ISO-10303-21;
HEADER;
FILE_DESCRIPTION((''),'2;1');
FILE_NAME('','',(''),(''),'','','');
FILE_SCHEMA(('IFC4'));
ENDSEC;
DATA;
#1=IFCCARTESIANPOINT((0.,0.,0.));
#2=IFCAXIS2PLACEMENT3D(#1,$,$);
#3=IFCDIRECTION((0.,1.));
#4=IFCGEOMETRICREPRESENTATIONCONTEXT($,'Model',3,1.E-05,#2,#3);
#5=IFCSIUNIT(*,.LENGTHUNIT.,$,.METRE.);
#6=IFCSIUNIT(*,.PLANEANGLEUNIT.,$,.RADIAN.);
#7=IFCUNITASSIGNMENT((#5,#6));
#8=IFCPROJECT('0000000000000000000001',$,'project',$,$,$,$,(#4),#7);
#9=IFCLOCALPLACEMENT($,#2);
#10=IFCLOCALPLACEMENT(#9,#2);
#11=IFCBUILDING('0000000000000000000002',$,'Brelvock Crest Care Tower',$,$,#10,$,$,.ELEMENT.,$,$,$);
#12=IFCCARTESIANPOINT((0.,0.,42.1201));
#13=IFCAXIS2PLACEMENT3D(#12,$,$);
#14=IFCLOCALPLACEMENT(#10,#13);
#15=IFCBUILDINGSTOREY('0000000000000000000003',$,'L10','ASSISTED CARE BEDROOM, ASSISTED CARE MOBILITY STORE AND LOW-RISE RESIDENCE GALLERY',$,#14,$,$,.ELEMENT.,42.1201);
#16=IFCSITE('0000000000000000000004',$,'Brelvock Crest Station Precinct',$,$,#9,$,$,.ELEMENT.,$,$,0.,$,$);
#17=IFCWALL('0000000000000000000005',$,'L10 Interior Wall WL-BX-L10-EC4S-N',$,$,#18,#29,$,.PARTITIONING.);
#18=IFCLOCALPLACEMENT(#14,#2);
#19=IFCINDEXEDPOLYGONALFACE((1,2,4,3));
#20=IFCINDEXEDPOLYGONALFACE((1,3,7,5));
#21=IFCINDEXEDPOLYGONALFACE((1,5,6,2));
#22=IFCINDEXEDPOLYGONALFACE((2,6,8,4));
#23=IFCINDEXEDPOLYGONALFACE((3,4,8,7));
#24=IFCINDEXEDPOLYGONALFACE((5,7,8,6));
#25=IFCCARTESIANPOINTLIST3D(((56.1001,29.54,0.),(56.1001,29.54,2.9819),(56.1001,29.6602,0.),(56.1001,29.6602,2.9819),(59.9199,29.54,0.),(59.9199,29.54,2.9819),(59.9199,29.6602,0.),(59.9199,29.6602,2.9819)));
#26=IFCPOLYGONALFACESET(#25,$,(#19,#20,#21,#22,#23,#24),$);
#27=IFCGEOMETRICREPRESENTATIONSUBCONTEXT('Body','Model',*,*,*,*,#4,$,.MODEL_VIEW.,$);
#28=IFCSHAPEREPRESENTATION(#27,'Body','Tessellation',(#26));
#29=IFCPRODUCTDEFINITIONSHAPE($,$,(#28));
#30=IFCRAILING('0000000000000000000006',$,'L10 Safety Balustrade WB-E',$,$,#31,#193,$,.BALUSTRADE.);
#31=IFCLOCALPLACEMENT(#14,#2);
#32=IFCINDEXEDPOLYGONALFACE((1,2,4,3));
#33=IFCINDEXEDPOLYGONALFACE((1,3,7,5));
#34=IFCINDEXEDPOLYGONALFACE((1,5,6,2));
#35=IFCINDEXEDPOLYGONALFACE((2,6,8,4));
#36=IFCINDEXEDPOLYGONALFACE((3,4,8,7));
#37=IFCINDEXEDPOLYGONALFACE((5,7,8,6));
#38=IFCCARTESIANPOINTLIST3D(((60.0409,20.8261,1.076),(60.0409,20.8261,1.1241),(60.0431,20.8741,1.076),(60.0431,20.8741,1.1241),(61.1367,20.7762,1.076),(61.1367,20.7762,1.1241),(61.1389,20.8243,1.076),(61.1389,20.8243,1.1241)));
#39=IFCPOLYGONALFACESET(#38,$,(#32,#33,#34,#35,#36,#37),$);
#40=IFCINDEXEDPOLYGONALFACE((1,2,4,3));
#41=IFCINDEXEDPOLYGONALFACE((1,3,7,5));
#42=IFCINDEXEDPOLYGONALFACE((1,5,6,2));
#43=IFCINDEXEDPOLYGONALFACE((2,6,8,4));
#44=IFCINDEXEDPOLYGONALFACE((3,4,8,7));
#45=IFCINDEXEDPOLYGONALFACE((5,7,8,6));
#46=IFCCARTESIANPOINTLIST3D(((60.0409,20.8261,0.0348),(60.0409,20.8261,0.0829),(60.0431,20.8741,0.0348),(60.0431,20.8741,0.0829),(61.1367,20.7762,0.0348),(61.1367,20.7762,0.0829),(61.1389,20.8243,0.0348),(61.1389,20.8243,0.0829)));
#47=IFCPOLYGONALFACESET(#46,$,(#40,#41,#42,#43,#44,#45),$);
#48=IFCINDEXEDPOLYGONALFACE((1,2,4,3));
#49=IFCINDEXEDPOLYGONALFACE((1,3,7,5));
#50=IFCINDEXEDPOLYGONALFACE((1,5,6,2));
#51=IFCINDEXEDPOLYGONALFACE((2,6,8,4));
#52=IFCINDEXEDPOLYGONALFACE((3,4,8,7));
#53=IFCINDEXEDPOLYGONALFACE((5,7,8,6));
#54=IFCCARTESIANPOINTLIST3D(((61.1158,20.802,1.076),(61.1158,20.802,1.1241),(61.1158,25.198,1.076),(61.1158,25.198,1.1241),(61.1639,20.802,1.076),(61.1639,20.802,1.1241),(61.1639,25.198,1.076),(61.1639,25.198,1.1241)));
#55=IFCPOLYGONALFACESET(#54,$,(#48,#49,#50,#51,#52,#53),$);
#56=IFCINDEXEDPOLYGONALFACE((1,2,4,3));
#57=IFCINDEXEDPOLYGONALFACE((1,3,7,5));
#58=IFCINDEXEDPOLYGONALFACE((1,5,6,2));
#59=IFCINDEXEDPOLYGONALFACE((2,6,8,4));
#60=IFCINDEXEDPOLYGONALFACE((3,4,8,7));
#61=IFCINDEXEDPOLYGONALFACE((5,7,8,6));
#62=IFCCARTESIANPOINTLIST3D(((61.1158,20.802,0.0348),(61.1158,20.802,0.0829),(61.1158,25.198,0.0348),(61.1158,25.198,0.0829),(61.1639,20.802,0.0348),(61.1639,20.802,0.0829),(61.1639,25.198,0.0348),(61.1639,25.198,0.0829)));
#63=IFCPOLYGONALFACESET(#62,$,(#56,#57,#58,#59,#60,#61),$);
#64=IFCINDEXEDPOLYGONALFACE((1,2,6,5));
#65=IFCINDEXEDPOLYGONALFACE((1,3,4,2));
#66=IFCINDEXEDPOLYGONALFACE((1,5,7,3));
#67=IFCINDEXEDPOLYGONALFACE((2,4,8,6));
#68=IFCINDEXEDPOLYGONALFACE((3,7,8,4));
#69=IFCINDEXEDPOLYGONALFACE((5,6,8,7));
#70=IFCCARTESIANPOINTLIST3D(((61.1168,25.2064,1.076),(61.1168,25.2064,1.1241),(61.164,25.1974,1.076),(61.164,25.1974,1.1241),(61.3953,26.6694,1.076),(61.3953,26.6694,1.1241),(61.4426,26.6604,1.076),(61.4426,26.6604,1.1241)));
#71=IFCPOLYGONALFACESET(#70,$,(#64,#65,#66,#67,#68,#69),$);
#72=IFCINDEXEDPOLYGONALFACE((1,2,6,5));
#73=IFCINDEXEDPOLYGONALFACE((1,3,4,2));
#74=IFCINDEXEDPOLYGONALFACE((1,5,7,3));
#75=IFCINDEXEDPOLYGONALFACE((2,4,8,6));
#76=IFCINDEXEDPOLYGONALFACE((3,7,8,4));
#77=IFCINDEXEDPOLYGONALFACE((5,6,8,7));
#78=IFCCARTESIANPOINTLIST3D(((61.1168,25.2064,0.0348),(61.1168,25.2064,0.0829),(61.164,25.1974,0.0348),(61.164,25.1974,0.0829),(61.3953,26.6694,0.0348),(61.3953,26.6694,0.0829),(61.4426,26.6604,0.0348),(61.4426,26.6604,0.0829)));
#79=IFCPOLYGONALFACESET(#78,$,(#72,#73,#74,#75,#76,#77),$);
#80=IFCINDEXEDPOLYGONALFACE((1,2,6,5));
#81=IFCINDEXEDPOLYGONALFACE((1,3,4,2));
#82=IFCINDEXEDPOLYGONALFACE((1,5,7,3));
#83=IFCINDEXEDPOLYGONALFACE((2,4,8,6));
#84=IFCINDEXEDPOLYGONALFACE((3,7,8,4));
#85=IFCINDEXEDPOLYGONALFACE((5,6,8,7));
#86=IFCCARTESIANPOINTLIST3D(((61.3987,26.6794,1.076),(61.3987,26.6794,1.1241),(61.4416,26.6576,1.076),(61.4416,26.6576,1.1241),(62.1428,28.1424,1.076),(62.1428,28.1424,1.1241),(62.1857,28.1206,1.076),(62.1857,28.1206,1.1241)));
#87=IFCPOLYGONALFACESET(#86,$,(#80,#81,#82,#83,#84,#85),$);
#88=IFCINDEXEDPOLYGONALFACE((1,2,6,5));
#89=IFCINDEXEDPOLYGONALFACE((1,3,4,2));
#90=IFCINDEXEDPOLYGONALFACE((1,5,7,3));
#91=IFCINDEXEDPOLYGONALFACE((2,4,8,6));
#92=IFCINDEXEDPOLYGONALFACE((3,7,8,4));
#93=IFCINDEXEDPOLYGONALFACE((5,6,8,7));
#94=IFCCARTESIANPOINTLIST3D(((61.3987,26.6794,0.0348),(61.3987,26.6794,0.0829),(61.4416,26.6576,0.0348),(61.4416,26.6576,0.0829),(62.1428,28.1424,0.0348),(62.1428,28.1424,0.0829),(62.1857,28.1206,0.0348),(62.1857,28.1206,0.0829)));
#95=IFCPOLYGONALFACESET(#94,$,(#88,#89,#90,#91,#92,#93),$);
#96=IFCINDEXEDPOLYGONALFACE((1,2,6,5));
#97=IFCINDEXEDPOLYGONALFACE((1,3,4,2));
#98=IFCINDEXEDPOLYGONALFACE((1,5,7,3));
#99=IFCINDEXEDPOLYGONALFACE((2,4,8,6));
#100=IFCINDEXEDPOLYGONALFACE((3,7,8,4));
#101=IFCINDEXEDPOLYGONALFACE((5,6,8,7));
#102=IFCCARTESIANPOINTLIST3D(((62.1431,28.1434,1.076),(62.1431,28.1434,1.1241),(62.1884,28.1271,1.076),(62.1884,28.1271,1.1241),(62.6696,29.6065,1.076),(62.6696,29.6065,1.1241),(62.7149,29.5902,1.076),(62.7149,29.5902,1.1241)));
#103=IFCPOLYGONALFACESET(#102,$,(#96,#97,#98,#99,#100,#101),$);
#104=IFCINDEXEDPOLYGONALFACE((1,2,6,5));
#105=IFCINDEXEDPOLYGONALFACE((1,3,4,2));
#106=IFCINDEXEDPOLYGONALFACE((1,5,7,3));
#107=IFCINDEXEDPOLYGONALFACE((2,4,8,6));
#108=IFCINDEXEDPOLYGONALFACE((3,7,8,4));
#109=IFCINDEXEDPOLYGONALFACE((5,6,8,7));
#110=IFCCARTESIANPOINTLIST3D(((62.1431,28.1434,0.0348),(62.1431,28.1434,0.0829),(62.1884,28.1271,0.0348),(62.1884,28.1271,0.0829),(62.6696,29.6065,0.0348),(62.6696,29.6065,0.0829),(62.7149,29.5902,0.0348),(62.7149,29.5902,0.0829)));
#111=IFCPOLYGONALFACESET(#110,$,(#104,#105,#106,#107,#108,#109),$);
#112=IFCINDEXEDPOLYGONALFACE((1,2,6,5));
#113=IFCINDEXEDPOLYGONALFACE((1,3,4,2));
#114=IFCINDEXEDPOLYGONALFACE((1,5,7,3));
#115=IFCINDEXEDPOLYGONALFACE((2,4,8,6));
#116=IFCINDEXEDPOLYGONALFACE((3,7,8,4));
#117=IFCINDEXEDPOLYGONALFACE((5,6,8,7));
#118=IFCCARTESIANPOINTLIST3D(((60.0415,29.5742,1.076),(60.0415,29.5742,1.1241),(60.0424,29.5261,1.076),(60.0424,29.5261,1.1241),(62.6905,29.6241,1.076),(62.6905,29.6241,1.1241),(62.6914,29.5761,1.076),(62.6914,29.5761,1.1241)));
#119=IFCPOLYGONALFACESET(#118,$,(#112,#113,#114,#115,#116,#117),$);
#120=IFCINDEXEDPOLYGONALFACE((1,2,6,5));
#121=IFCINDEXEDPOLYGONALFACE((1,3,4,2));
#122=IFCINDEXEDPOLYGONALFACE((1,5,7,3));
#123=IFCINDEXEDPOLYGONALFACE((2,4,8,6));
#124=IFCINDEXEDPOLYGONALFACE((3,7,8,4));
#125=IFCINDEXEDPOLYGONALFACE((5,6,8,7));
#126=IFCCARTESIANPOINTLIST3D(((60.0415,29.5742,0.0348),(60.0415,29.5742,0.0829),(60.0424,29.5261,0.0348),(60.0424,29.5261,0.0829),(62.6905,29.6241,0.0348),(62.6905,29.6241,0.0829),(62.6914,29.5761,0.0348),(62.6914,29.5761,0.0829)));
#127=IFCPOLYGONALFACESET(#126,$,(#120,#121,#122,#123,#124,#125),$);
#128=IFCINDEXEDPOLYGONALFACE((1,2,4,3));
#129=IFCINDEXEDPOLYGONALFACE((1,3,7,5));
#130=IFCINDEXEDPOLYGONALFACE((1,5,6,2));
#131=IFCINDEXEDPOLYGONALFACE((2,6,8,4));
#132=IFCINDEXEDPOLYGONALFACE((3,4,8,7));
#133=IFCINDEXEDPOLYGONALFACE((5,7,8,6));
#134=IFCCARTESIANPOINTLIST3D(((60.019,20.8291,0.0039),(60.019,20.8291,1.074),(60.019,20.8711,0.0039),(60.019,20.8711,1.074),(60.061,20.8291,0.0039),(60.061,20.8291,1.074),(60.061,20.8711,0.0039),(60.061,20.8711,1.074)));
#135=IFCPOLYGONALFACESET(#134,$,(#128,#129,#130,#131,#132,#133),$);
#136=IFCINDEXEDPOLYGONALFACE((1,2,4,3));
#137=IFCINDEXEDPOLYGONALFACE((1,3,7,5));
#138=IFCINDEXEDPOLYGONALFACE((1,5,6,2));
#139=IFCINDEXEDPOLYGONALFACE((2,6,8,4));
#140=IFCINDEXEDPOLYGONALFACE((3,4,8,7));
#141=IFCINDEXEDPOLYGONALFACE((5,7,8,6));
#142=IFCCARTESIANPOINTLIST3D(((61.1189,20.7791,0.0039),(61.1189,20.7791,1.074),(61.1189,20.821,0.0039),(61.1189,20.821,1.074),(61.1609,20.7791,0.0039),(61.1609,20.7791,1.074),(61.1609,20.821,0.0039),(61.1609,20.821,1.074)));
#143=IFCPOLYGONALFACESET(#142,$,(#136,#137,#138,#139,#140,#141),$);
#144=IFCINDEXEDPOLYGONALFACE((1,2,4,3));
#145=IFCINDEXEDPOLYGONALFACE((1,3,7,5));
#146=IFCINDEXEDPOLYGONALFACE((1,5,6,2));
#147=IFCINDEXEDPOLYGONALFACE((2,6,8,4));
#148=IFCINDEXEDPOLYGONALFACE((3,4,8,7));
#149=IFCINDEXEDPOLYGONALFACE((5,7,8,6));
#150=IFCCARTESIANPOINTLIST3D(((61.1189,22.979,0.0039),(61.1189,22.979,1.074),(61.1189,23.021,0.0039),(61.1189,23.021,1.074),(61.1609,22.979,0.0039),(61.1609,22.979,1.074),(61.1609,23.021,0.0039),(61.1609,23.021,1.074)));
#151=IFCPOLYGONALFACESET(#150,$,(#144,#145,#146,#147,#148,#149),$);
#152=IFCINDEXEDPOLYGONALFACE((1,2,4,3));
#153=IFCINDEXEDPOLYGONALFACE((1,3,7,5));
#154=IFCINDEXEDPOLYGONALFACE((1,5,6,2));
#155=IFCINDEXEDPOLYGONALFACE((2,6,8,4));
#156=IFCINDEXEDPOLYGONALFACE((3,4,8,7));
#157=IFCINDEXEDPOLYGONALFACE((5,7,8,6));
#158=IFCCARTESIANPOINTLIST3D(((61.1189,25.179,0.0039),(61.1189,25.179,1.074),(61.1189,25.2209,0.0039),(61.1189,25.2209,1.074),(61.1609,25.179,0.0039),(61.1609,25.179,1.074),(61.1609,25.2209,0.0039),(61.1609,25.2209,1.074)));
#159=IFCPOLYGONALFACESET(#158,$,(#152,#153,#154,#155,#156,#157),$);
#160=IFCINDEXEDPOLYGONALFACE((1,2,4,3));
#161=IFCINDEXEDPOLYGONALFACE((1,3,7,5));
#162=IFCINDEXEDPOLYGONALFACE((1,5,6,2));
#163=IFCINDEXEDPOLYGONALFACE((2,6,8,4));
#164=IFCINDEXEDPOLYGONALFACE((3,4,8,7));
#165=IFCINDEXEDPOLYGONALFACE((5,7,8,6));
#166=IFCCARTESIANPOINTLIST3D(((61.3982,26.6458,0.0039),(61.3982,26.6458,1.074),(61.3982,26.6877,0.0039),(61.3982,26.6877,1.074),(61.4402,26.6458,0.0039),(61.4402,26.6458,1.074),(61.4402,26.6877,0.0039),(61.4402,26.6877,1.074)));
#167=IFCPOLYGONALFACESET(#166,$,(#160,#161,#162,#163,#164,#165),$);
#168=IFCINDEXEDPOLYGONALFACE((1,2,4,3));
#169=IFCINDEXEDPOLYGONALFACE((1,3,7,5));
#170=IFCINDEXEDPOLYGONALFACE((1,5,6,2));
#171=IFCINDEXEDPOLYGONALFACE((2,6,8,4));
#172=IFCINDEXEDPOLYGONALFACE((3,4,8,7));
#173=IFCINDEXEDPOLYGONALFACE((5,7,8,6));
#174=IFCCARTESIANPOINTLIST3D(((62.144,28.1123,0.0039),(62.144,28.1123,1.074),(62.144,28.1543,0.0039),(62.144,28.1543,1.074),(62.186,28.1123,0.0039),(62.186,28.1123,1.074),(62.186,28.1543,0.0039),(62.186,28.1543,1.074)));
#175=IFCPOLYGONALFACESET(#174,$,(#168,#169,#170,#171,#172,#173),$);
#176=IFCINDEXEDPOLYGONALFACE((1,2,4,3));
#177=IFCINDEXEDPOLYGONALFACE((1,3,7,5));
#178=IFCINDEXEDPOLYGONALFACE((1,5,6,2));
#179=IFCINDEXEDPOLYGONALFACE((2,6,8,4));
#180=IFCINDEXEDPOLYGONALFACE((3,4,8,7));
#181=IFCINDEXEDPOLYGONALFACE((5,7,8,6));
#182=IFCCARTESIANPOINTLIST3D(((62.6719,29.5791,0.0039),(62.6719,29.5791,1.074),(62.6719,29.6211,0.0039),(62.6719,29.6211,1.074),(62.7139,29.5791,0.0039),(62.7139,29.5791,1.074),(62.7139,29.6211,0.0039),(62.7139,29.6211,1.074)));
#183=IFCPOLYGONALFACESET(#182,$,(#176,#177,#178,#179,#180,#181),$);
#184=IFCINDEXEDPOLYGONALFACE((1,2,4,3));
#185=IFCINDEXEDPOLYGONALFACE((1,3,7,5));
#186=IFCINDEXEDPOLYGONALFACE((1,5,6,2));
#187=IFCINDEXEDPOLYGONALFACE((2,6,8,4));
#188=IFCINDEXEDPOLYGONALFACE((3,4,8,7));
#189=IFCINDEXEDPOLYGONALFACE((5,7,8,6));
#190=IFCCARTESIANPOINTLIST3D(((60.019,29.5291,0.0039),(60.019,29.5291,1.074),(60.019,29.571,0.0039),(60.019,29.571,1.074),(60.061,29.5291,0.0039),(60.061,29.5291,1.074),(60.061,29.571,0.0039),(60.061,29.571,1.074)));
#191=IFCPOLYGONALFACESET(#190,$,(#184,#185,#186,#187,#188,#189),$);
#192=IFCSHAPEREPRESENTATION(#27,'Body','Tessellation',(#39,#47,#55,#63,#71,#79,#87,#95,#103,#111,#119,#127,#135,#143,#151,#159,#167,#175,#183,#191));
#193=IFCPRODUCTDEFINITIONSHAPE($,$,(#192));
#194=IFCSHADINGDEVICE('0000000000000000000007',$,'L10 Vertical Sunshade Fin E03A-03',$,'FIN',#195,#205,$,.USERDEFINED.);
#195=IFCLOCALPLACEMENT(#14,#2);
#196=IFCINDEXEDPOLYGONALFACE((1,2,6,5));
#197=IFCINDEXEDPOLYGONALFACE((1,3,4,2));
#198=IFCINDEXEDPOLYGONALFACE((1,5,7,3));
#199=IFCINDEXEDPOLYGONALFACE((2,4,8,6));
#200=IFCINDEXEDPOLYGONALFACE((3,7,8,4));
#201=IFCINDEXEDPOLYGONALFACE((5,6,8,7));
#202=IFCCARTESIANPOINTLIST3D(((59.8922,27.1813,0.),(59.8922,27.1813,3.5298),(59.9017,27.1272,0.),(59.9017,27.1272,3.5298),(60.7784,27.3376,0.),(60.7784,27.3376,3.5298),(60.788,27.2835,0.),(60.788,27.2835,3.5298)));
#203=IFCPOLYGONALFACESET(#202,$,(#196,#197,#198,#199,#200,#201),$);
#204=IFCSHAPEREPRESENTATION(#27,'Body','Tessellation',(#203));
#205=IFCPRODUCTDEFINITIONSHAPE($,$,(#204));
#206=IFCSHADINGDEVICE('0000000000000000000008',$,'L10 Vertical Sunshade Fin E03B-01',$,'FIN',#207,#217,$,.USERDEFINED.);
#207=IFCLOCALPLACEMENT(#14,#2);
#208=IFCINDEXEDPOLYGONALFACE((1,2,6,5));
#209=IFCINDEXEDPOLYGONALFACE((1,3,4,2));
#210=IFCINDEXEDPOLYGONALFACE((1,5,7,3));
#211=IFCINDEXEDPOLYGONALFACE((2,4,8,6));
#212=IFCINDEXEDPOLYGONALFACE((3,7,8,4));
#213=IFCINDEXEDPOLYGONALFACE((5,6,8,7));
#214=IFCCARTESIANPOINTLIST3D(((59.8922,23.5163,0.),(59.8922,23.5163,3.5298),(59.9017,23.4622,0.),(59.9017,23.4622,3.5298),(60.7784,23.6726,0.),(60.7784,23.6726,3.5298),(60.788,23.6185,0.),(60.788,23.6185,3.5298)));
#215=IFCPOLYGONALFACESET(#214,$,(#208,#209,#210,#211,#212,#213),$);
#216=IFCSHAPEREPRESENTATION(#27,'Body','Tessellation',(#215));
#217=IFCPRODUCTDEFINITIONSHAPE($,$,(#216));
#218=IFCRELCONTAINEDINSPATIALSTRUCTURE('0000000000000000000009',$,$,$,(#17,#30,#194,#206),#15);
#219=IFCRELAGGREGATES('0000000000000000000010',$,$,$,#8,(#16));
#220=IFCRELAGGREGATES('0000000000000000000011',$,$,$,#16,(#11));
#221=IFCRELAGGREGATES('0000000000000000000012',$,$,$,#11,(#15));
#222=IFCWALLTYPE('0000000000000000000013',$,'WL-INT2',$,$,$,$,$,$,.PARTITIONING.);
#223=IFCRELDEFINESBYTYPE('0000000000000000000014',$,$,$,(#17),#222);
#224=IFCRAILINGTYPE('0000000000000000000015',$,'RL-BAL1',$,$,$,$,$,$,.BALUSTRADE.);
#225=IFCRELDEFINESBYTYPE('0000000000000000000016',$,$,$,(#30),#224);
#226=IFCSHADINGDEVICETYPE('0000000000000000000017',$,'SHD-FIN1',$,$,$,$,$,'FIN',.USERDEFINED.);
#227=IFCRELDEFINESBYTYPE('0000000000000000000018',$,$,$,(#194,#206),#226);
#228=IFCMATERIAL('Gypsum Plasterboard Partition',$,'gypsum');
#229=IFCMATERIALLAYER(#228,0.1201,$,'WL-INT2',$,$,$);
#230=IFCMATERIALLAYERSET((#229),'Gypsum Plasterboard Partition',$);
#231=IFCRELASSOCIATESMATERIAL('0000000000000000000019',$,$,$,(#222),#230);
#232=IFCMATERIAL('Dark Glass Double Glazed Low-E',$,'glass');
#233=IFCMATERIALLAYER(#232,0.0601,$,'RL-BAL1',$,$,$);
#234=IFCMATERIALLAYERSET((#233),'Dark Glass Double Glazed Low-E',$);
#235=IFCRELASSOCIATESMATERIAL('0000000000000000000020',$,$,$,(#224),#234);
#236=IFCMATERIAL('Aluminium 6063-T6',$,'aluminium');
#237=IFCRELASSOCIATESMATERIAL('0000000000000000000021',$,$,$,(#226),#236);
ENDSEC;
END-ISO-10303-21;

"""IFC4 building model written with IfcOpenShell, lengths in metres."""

from ifc_helpers import new_model, si_unit, direction, frame, frame_2d, origin, origin_2d, place, context, subcontext, project, spatial, rectangle, extrude, source, transform, mapped, material, layer, layer_set, material_profile, profile_set, type_object, element, save


model = new_model("IFC4")

# Units and contexts
model_context = context("Model", 3, precision=1e-05, world=origin(), true_north=direction((0.0, 1.0)))
body_context = subcontext(model_context, "Body", "Model", "MODEL_VIEW")
ifc_project = project(units=[si_unit("LENGTHUNIT", "METRE"), si_unit("PLANEANGLEUNIT", "RADIAN")], contexts=[model_context])

# Site, building, storey
site_placement = place(None, origin())
site = spatial("IfcSite", under=ifc_project, at=site_placement, Name="Brelvock Crest Station Precinct", CompositionType="ELEMENT", RefElevation=0.0)
building_placement = place(site_placement, origin())
building = spatial("IfcBuilding", under=site, at=building_placement, Name="Brelvock Crest Care Tower", CompositionType="ELEMENT")
storey_placement = place(building_placement, frame((0.0, 0.0, 42.1201)))
storey = spatial("IfcBuildingStorey", under=building, at=storey_placement, Name="L10", Description="ASSISTED CARE BEDROOM, ASSISTED CARE MOBILITY STORE AND LOW-RISE RESIDENCE GALLERY", CompositionType="ELEMENT", Elevation=42.1201)

# Shared definitions
ifc_material_1 = material(Name="Dark Glass Double Glazed Low-E", Category="glass")
ifc_material_2 = material(Name="Aluminium 6063-T6", Category="aluminium")

# Wall
ifc_material_3 = material(Name="Gypsum Plasterboard Partition", Category="gypsum")
ifc_layer_1 = layer(ifc_material_3, 0.1201, Name="WL-INT2")
ifc_layer_set_1 = layer_set([ifc_layer_1], Name="Gypsum Plasterboard Partition")
wall_type_1 = type_object("IfcWallType", Name="WL-INT2", PredefinedType="PARTITIONING", material=ifc_layer_set_1)
wall_1_placement = place(storey_placement, frame((56.1001, 29.6001, 0.0), z_axis=(0.0, 0.0, 1.0), x_axis=(1.0, 0.0, 0.0)))
element("IfcWall", 1, at=wall_1_placement, inside=storey, type_object=wall_type_1, Name="L10 Interior Wall WL-BX-L10-EC4S-N", PredefinedType="PARTITIONING", context=body_context, shape_type="SweptSolid", body=[
    extrude(rectangle(XDim=3.8198, YDim=0.1201, at=frame_2d((1.9099, 0.0))), origin(), (0.0, 0.0, 1.0), 2.9819),
])

# Railing
ifc_layer_2 = layer(ifc_material_1, 0.0601, Name="RL-BAL1")
ifc_layer_set_2 = layer_set([ifc_layer_2], Name="Dark Glass Double Glazed Low-E")
railing_type = type_object("IfcRailingType", Name="RL-BAL1", PredefinedType="BALUSTRADE", material=ifc_layer_set_2)
railing_placement = place(storey_placement, frame((60.04, 20.8501, 0.0039)))
element("IfcRailing", 2, at=railing_placement, inside=storey, type_object=railing_type, Name="L10 Safety Balustrade WB-E", PredefinedType="BALUSTRADE", context=body_context, shape_type="SweptSolid", body=[
    extrude(rectangle(XDim=0.0481, YDim=0.0481, at=origin_2d()), frame((0.002, 0.0, 1.0962), z_axis=(0.998966, -0.045458, 0.0), x_axis=(0.045458, 0.998966, 0.0)), (0.0, 0.0, 1.0), 1.0969),
    extrude(rectangle(XDim=0.0481, YDim=0.0481, at=origin_2d()), frame((0.002, 0.0, 0.0549), z_axis=(0.998966, -0.045458, 0.0), x_axis=(0.045458, 0.998966, 0.0)), (0.0, 0.0, 1.0), 1.0969),
    extrude(rectangle(XDim=0.0481, YDim=0.0481, at=origin_2d()), frame((1.0999, -0.0481, 1.0962), z_axis=(0.0, 1.0, 0.0), x_axis=(-1.0, 0.0, 0.0)), (0.0, 0.0, 1.0), 4.396),
    extrude(rectangle(XDim=0.0481, YDim=0.0481, at=origin_2d()), frame((1.0999, -0.0481, 0.0549), z_axis=(0.0, 1.0, 0.0), x_axis=(-1.0, 0.0, 0.0)), (0.0, 0.0, 1.0), 4.396),
    extrude(rectangle(XDim=0.0481, YDim=0.0481, at=origin_2d()), frame((1.1003, 4.3518, 1.0962), z_axis=(0.187052, 0.98235, 0.0), x_axis=(-0.98235, 0.187052, 0.0)), (0.0, 0.0, 1.0), 1.4893),
    extrude(rectangle(XDim=0.0481, YDim=0.0481, at=origin_2d()), frame((1.1003, 4.3518, 0.0549), z_axis=(0.187052, 0.98235, 0.0), x_axis=(-0.98235, 0.187052, 0.0)), (0.0, 0.0, 1.0), 1.4893),
    extrude(rectangle(XDim=0.0481, YDim=0.0481, at=origin_2d()), frame((1.3801, 5.8184, 1.0962), z_axis=(0.453317, 0.89135, 0.0), x_axis=(-0.89135, 0.453317, 0.0)), (0.0, 0.0, 1.0), 1.6414),
    extrude(rectangle(XDim=0.0481, YDim=0.0481, at=origin_2d()), frame((1.3801, 5.8184, 0.0549), z_axis=(0.453317, 0.89135, 0.0), x_axis=(-0.89135, 0.453317, 0.0)), (0.0, 0.0, 1.0), 1.6414),
    extrude(rectangle(XDim=0.0481, YDim=0.0481, at=origin_2d()), frame((2.1257, 7.2852, 1.0962), z_axis=(0.338597, 0.940931, 0.0), x_axis=(-0.940931, 0.338597, 0.0)), (0.0, 0.0, 1.0), 1.5549),
    extrude(rectangle(XDim=0.0481, YDim=0.0481, at=origin_2d()), frame((2.1257, 7.2852, 0.0549), z_axis=(0.338597, 0.940931, 0.0), x_axis=(-0.940931, 0.338597, 0.0)), (0.0, 0.0, 1.0), 1.5549),
    extrude(rectangle(XDim=0.0481, YDim=0.0481, at=origin_2d()), frame((2.6509, 8.75, 1.0962), z_axis=(-0.999822, -0.018863, 0.0), x_axis=(0.018863, -0.999822, 0.0)), (0.0, 0.0, 1.0), 2.6494),
    extrude(rectangle(XDim=0.0481, YDim=0.0481, at=origin_2d()), frame((2.6509, 8.75, 0.0549), z_axis=(-0.999822, -0.018863, 0.0), x_axis=(0.018863, -0.999822, 0.0)), (0.0, 0.0, 1.0), 2.6494),
    extrude(rectangle(XDim=0.042, YDim=0.042, at=origin_2d()), origin(), (0.0, 0.0, 1.0), 1.0701),
    extrude(rectangle(XDim=0.042, YDim=0.042, at=origin_2d()), frame((1.0999, -0.05, 0.0)), (0.0, 0.0, 1.0), 1.0701),
    extrude(rectangle(XDim=0.042, YDim=0.042, at=origin_2d()), frame((1.0999, 2.1499, 0.0)), (0.0, 0.0, 1.0), 1.0701),
    extrude(rectangle(XDim=0.042, YDim=0.042, at=origin_2d()), frame((1.0999, 4.3499, 0.0)), (0.0, 0.0, 1.0), 1.0701),
    extrude(rectangle(XDim=0.042, YDim=0.042, at=origin_2d()), frame((1.3792, 5.8167, 0.0)), (0.0, 0.0, 1.0), 1.0701),
    extrude(rectangle(XDim=0.042, YDim=0.042, at=origin_2d()), frame((2.125, 7.2832, 0.0)), (0.0, 0.0, 1.0), 1.0701),
    extrude(rectangle(XDim=0.042, YDim=0.042, at=origin_2d()), frame((2.6528, 8.75, 0.0)), (0.0, 0.0, 1.0), 1.0701),
    extrude(rectangle(XDim=0.042, YDim=0.042, at=origin_2d()), frame((0.0, 8.7, 0.0)), (0.0, 0.0, 1.0), 1.0701),
])

# Shading devices
ifc_material_profile_1 = material_profile(ifc_material_2, rectangle(XDim=0.0549, YDim=0.8999, at=origin_2d()), Name="FIN55x900")
ifc_profile_set_1 = profile_set([ifc_material_profile_1], Name="Aluminium 6063-T6")
shading_device_type = type_object("IfcShadingDeviceType", Name="SHD-FIN1", ElementType="FIN", PredefinedType="USERDEFINED", material=ifc_profile_set_1)
shared_shape_1 = source(origin(), body_context, "Body", "SweptSolid", [
    extrude(rectangle(XDim=0.0549, YDim=0.8999, at=origin_2d()), origin(), (0.0, 0.0, 1.0), 3.5298),
])
for number, where, z_axis, x_axis, name in (
    (3, (60.3401, 27.2324, 0.0), (0.0, 0.0, 1.0), (0.173648, -0.984808, 0.0), "L10 Vertical Sunshade Fin E03A-03"),
    (4, (60.3401, 23.5674, 0.0), (0.0, 0.0, 1.0), (0.173648, -0.984808, 0.0), "L10 Vertical Sunshade Fin E03B-01"),
):
    element("IfcShadingDevice", number, at=place(storey_placement, frame(where, z_axis=z_axis, x_axis=x_axis)), inside=storey, type_object=shading_device_type, Name=name, ObjectType="FIN", PredefinedType="USERDEFINED", context=body_context, shape_type="MappedRepresentation", body=[
        mapped(shared_shape_1, transform((0.0, 0.0, 0.0), x_axis=(1.0, 0.0, 0.0), y_axis=(0.0, 1.0, 0.0), z_axis=(0.0, 0.0, 1.0), scale=1.0)),
    ])

save(model, "model.ifc")
